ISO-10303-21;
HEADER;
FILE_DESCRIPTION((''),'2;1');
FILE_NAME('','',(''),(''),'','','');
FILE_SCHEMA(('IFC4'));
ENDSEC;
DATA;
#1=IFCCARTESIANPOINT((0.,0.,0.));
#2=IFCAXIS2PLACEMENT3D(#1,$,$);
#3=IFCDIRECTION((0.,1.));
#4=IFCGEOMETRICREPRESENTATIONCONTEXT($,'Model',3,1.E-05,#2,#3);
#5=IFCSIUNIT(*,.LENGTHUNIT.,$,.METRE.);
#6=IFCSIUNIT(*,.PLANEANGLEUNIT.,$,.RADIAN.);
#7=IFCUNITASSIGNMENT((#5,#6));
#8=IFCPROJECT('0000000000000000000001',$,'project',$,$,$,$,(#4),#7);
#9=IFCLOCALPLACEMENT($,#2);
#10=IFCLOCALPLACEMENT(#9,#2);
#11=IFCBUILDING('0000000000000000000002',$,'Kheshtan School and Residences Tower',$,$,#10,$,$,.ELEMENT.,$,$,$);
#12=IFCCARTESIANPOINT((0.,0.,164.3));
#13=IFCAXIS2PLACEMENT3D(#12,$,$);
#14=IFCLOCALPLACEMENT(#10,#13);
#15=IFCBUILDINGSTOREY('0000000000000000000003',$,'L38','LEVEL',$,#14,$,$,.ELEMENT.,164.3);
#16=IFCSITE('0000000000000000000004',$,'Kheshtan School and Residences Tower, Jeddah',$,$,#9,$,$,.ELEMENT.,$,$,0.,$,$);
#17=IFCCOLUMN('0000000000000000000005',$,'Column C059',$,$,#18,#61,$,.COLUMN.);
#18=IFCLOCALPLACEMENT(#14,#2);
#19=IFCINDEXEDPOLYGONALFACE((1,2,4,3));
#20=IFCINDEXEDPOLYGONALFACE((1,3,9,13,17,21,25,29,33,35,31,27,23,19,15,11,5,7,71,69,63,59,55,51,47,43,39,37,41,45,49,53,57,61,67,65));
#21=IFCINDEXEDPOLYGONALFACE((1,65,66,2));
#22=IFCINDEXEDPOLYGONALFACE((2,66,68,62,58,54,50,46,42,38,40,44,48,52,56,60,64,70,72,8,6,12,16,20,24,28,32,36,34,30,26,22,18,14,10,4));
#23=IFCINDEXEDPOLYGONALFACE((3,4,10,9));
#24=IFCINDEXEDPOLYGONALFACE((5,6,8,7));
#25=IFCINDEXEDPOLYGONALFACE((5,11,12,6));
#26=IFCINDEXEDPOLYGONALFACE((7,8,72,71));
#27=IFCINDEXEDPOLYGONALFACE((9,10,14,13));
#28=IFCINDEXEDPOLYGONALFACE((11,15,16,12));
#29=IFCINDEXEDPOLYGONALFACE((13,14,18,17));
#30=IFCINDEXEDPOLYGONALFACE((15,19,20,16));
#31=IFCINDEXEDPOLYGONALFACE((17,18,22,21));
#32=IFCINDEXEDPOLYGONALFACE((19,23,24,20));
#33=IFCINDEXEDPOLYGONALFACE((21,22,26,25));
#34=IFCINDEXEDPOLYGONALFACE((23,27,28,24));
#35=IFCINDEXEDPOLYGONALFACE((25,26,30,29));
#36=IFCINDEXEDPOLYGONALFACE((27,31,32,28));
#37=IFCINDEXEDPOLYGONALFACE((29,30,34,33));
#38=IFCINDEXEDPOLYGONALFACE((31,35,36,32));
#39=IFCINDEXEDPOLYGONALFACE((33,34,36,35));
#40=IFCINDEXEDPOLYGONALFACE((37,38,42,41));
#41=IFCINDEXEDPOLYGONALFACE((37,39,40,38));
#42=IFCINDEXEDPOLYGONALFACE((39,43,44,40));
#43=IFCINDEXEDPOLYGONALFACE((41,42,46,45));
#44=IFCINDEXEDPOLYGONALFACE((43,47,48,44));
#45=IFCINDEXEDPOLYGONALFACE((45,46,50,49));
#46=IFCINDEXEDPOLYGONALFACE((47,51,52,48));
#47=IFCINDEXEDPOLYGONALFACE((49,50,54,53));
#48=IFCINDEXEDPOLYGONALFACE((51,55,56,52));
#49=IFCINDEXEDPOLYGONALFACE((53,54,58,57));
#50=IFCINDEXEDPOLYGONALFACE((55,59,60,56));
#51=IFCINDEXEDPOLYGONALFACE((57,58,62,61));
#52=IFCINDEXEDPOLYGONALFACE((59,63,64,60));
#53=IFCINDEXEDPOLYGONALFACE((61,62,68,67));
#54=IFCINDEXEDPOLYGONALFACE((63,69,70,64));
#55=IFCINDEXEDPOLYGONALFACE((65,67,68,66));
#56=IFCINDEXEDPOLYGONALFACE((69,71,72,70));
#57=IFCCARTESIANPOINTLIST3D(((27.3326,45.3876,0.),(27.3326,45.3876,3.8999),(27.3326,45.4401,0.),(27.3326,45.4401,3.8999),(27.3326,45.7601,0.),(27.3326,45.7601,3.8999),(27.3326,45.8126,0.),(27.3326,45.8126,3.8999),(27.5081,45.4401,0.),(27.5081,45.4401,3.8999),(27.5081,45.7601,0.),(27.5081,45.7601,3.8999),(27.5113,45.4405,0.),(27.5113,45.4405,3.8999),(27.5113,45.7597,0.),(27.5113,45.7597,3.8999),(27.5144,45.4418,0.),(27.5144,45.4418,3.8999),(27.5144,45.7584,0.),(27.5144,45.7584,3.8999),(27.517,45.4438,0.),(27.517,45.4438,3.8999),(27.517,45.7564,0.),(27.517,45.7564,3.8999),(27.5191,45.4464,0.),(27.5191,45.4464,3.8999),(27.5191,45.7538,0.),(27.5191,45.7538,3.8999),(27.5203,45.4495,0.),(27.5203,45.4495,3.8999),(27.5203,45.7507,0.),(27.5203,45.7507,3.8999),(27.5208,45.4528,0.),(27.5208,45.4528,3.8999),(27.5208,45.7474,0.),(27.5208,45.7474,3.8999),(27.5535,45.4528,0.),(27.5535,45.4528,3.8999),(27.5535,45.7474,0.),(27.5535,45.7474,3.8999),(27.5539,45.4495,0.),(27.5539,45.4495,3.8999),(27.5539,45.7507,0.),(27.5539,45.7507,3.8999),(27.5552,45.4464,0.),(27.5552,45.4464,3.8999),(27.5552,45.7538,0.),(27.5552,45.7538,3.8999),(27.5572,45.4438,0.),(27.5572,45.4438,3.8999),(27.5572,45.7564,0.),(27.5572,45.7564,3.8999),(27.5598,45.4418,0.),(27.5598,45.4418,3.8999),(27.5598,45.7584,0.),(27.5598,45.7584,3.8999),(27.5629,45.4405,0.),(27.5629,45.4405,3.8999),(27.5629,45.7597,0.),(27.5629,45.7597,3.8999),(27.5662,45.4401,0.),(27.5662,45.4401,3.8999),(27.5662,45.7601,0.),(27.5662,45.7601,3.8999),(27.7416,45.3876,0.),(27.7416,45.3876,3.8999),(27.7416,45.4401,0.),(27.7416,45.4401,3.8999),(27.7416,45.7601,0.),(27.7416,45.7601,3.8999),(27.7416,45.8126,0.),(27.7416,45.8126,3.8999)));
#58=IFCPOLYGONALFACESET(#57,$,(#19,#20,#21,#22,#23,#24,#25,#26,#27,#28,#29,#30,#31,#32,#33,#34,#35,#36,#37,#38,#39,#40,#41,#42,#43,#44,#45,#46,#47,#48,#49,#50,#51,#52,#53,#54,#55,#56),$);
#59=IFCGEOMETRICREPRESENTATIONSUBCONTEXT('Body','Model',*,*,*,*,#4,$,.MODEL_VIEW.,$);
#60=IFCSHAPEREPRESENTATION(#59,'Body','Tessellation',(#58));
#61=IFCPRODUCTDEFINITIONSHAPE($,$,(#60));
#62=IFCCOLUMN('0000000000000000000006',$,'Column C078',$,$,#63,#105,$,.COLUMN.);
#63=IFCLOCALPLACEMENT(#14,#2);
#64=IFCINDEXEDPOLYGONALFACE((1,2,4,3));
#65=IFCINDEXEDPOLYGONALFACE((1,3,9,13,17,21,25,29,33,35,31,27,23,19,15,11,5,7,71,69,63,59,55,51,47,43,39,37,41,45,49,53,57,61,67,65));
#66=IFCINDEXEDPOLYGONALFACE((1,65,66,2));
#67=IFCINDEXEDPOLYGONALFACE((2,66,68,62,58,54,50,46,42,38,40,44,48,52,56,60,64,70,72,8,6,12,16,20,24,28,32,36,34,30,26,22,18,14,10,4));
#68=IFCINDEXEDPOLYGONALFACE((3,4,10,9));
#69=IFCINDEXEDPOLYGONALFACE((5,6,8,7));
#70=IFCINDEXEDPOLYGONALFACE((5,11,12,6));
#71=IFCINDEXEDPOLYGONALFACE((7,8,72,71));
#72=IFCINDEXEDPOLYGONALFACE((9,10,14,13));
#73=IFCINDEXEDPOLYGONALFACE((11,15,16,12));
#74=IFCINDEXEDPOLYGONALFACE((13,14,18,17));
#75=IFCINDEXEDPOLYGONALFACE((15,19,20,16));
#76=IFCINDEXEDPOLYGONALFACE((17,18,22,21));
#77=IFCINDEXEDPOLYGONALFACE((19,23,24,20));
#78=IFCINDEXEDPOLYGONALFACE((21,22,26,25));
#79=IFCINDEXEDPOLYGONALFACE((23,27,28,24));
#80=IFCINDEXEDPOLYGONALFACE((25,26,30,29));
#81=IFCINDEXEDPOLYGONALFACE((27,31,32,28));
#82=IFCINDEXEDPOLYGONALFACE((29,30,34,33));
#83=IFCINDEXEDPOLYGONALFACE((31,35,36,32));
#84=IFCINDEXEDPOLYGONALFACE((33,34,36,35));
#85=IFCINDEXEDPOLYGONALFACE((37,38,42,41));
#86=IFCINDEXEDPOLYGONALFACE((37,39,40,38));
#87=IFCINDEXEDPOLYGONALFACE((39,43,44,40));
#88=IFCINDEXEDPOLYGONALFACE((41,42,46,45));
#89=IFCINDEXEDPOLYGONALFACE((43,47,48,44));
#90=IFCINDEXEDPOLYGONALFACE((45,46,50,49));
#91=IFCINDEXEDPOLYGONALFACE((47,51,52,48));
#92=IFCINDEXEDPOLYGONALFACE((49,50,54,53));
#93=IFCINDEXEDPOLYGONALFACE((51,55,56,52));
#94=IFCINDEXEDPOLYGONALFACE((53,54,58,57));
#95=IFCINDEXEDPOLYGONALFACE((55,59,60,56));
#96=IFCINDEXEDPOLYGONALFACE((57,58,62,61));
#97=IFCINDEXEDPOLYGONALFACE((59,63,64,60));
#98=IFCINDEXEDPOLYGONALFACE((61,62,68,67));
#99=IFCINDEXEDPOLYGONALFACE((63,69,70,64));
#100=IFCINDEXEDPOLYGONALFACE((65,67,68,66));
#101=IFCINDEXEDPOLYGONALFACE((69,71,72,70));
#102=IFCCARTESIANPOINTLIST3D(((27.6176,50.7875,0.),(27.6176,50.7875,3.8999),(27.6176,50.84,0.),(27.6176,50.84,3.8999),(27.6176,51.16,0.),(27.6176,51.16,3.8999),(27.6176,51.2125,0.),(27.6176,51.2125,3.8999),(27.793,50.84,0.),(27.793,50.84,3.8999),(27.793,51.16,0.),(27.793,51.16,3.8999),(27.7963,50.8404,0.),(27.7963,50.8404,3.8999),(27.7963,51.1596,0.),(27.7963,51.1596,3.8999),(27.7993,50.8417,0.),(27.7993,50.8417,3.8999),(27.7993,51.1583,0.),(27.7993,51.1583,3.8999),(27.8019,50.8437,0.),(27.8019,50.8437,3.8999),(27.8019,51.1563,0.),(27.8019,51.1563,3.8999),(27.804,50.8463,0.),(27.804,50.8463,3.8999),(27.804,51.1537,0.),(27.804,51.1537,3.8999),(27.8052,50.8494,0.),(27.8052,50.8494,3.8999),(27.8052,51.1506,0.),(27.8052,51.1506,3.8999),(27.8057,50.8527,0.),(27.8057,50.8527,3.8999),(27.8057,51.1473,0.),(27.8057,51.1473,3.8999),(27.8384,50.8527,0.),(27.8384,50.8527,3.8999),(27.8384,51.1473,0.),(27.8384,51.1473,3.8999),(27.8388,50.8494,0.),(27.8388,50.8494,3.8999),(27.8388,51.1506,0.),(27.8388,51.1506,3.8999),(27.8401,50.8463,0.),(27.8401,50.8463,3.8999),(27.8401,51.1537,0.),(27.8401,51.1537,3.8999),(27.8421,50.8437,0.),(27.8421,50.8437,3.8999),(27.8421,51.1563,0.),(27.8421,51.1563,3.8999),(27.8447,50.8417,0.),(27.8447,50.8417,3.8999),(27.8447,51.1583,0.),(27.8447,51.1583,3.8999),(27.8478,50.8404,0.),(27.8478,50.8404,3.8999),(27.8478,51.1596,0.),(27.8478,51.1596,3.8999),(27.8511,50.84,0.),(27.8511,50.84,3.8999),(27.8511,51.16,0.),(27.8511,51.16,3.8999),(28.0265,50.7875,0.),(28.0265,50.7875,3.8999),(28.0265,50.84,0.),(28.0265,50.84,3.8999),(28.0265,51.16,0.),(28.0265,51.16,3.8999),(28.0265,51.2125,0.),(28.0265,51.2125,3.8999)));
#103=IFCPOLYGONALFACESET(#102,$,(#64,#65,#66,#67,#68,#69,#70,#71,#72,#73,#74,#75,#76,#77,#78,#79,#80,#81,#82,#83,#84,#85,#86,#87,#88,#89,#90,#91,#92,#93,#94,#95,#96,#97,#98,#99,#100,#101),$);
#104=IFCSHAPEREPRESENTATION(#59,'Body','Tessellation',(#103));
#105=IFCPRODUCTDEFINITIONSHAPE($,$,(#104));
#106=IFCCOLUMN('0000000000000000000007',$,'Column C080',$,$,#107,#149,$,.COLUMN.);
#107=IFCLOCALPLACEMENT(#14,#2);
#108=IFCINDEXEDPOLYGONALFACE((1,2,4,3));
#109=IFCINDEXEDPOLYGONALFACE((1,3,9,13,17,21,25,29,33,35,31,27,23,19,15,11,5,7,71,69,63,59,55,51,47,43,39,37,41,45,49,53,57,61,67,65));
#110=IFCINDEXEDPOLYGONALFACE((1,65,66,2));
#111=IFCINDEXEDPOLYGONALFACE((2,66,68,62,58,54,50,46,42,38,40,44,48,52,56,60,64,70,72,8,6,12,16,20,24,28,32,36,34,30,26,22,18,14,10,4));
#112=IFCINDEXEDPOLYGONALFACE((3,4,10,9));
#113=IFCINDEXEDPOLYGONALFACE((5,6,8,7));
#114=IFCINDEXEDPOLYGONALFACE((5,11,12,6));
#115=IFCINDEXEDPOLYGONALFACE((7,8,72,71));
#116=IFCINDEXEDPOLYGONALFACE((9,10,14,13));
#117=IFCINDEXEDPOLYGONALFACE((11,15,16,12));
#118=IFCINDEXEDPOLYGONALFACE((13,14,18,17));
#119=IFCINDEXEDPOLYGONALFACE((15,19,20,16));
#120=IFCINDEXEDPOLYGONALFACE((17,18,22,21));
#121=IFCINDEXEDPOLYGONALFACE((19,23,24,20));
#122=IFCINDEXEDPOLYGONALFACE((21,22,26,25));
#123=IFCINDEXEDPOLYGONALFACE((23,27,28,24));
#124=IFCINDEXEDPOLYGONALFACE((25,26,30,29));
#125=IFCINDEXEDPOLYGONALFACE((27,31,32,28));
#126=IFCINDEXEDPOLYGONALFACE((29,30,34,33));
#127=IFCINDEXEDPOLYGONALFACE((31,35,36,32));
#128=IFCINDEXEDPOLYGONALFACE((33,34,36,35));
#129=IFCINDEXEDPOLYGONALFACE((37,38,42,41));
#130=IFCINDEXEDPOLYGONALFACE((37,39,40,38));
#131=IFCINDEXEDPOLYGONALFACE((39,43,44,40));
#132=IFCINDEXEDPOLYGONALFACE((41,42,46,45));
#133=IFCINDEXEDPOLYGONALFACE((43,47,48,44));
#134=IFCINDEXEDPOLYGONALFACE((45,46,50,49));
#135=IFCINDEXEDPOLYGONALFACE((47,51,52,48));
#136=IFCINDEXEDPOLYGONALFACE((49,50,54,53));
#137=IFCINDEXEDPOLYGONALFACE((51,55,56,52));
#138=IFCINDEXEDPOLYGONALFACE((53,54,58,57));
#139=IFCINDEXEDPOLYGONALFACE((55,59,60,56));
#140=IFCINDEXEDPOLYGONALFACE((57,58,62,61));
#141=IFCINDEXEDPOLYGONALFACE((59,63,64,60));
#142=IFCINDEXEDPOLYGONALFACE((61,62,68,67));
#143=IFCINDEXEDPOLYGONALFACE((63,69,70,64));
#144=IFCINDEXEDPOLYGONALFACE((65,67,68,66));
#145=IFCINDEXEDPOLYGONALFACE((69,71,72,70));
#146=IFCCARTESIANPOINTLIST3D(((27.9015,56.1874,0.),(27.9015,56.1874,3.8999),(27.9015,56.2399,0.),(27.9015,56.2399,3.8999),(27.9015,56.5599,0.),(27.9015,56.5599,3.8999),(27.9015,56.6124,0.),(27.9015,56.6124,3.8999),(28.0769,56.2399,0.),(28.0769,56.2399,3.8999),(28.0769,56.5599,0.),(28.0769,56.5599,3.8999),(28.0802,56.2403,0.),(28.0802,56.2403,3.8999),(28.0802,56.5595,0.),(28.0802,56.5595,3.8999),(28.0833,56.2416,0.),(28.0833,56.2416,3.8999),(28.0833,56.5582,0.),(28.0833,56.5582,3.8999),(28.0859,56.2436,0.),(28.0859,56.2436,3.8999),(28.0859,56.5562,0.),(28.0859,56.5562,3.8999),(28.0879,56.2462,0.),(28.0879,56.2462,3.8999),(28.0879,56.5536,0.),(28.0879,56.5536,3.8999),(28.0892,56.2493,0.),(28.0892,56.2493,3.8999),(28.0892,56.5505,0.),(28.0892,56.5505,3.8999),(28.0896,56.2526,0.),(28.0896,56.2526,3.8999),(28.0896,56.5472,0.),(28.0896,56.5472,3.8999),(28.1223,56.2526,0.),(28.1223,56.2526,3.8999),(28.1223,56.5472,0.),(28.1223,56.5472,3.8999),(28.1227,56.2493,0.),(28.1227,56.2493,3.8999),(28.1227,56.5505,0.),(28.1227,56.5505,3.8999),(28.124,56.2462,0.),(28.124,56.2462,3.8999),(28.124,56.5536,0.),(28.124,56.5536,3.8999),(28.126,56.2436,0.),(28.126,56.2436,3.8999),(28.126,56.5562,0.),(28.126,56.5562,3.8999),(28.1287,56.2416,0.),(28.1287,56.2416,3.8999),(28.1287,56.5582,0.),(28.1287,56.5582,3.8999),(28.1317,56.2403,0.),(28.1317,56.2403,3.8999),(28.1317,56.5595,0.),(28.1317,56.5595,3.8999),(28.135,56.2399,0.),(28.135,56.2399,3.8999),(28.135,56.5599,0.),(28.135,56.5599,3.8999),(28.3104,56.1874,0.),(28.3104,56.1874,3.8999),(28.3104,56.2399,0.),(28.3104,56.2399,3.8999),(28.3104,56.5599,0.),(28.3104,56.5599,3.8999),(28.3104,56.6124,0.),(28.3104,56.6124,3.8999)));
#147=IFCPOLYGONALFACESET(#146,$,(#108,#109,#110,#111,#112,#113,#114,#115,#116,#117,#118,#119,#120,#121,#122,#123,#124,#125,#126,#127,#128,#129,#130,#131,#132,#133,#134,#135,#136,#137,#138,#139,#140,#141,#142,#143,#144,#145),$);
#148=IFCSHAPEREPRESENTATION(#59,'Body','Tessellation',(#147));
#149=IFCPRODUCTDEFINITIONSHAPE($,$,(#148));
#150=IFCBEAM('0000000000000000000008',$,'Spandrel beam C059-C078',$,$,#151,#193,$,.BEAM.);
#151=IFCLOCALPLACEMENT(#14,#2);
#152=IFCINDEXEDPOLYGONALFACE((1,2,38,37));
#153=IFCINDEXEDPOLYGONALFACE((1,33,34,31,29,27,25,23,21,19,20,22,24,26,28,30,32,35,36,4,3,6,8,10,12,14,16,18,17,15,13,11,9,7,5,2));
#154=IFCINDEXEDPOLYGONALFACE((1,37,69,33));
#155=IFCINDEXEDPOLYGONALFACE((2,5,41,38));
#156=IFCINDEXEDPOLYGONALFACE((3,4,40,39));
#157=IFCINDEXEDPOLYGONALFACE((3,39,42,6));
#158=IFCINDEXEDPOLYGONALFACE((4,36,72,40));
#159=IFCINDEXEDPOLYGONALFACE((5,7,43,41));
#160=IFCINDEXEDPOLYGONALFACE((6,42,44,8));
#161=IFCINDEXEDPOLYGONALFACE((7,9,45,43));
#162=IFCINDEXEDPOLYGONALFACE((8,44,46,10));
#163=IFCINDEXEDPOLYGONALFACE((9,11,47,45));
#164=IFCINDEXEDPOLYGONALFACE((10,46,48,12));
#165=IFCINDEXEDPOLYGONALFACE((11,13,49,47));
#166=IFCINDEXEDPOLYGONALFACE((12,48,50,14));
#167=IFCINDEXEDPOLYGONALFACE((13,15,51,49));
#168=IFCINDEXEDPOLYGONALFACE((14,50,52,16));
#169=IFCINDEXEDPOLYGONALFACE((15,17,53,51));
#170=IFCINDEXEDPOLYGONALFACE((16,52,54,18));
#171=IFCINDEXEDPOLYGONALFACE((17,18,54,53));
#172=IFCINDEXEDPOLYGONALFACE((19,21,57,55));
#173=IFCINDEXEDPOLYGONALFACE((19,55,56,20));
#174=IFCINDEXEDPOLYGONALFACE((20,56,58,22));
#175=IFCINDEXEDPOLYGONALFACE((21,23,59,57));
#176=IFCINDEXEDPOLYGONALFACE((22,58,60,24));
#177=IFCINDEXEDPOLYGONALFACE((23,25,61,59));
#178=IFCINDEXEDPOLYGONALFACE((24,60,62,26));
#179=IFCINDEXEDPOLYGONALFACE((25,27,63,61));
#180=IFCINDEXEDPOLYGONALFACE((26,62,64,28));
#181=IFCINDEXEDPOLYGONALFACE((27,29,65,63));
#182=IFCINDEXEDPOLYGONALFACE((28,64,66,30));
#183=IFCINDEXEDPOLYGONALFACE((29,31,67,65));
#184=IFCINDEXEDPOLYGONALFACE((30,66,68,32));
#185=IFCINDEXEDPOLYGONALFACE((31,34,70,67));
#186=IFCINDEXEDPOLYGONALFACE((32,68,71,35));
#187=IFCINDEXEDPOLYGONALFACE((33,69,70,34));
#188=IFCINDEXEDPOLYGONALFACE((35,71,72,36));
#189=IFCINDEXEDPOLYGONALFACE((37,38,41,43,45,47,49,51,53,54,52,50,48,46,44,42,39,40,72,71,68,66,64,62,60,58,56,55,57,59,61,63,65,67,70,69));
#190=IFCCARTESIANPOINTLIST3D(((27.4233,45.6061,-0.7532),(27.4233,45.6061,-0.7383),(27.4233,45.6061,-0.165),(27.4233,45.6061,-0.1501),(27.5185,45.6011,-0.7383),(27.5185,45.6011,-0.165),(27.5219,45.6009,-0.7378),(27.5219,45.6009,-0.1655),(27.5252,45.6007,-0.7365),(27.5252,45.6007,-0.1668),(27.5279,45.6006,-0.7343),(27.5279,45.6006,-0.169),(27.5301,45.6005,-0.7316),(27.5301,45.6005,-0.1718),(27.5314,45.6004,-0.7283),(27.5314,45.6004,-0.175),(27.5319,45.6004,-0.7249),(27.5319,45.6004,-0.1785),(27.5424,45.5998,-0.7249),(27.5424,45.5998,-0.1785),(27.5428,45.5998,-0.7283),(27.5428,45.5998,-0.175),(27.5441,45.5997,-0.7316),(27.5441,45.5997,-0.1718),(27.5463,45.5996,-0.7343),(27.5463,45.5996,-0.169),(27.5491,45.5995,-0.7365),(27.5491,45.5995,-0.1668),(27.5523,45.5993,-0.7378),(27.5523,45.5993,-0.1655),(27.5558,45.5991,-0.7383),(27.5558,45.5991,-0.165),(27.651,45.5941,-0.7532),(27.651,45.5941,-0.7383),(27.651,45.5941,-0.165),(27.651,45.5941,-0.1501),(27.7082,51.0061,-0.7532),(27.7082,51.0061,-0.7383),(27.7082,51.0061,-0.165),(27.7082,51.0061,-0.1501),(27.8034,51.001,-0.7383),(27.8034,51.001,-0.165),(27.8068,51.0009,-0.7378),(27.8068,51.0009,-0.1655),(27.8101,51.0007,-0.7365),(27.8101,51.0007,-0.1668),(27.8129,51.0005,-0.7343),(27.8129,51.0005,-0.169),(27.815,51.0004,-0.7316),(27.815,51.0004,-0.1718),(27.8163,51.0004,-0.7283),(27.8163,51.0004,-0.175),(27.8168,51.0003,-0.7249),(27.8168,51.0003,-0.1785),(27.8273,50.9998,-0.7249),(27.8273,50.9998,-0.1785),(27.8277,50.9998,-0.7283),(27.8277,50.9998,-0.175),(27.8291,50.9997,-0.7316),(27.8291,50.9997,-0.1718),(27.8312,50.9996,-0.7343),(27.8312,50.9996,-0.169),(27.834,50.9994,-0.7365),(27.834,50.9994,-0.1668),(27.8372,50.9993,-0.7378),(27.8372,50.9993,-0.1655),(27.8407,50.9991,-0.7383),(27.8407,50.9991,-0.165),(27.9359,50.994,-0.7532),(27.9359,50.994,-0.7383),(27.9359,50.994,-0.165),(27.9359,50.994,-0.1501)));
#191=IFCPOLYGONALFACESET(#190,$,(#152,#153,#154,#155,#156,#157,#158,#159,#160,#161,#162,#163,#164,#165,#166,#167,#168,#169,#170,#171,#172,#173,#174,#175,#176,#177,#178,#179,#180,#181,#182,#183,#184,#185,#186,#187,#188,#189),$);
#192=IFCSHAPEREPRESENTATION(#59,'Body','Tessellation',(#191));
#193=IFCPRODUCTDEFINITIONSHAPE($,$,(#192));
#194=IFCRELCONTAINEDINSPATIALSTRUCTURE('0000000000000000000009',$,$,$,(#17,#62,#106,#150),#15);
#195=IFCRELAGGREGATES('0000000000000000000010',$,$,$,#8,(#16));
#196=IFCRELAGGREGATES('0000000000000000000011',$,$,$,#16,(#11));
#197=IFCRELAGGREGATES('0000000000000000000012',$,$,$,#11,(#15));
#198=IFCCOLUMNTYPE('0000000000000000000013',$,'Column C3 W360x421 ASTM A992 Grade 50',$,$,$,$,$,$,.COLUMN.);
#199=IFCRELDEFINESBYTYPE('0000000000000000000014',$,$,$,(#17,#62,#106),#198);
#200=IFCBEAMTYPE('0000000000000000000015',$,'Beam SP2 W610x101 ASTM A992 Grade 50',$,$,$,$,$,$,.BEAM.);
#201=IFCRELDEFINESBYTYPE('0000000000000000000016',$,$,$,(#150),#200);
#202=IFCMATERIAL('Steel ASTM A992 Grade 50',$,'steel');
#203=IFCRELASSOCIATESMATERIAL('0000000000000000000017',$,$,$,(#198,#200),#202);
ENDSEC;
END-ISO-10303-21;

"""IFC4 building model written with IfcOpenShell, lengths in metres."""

from ifc_helpers import new_model, si_unit, direction, frame, origin, origin_2d, place, context, subcontext, project, spatial, i_section, extrude, material, material_profile, profile_set, type_object, element, save


model = new_model("IFC4")

# Units and contexts
model_context = context("Model", 3, precision=1e-05, world=origin(), true_north=direction((0.0, 1.0)))
body_context = subcontext(model_context, "Body", "Model", "MODEL_VIEW")
ifc_project = project(units=[si_unit("LENGTHUNIT", "METRE"), si_unit("PLANEANGLEUNIT", "RADIAN")], contexts=[model_context])

# Site, building, storey
site_placement = place(None, origin())
site = spatial("IfcSite", under=ifc_project, at=site_placement, Name="Kheshtan School and Residences Tower, Jeddah", CompositionType="ELEMENT", RefElevation=0.0)
building_placement = place(site_placement, origin())
building = spatial("IfcBuilding", under=site, at=building_placement, Name="Kheshtan School and Residences Tower", CompositionType="ELEMENT")
storey_placement = place(building_placement, frame((0.0, 0.0, 164.3)))
storey = spatial("IfcBuildingStorey", under=building, at=storey_placement, Name="L38", Description="LEVEL", CompositionType="ELEMENT", Elevation=164.3)

# Columns
ifc_material_1 = material(Name="Steel ASTM A992 Grade 50", Category="steel")
ifc_material_profile_1 = material_profile(ifc_material_1, i_section(OverallWidth=0.4089, OverallDepth=0.425, WebThickness=0.0327, FlangeThickness=0.0525, FilletRadius=0.0127, at=origin_2d()), Name="W360x421")
ifc_profile_set_1 = profile_set([ifc_material_profile_1], Name="Steel ASTM A992 Grade 50")
column_type = type_object("IfcColumnType", Name="Column C3 W360x421 ASTM A992 Grade 50", PredefinedType="COLUMN", material=ifc_profile_set_1)
for number, where, z_axis, x_axis, name in (
    (1, (27.5371, 45.6001, 0.0), (0.0, 0.0, 1.0), (1.0, 0.0, 0.0), "Column C059"),
    (2, (27.822, 51.0, 0.0), (0.0, 0.0, 1.0), (1.0, 0.0, 0.0), "Column C078"),
    (3, (28.106, 56.3999, 0.0), (0.0, 0.0, 1.0), (1.0, 0.0, 0.0), "Column C080"),
):
    element("IfcColumn", number, at=place(storey_placement, frame(where, z_axis=z_axis, x_axis=x_axis)), inside=storey, type_object=column_type, Name=name, PredefinedType="COLUMN", context=body_context, shape_type="SweptSolid", body=[
        extrude(i_section(OverallWidth=0.4089, OverallDepth=0.425, WebThickness=0.0327, FlangeThickness=0.0525, FilletRadius=0.0127, at=origin_2d()), origin(), (0.0, 0.0, 1.0), 3.8999),
    ])

# Beam
ifc_material_profile_2 = material_profile(ifc_material_1, i_section(OverallWidth=0.228, OverallDepth=0.603, WebThickness=0.0105, FlangeThickness=0.0149, FilletRadius=0.0134, at=origin_2d()), Name="W610x101")
ifc_profile_set_2 = profile_set([ifc_material_profile_2], Name="Steel ASTM A992 Grade 50")
beam_type = type_object("IfcBeamType", Name="Beam SP2 W610x101 ASTM A992 Grade 50", PredefinedType="BEAM", material=ifc_profile_set_2)
for number, where, z_axis, x_axis, name in (
    (4, (27.5371, 45.6001, -0.4517), (0.052689, 0.998611, 0.0), (-0.998611, 0.052689, 0.0), "Spandrel beam C059-C078"),
):
    element("IfcBeam", number, at=place(storey_placement, frame(where, z_axis=z_axis, x_axis=x_axis)), inside=storey, type_object=beam_type, Name=name, PredefinedType="BEAM", context=body_context, shape_type="SweptSolid", body=[
        extrude(i_section(OverallWidth=0.228, OverallDepth=0.603, WebThickness=0.0105, FlangeThickness=0.0149, FilletRadius=0.0134, at=origin_2d()), origin(), (0.0, 0.0, 1.0), 5.4075),
    ])

save(model, "model.ifc")
